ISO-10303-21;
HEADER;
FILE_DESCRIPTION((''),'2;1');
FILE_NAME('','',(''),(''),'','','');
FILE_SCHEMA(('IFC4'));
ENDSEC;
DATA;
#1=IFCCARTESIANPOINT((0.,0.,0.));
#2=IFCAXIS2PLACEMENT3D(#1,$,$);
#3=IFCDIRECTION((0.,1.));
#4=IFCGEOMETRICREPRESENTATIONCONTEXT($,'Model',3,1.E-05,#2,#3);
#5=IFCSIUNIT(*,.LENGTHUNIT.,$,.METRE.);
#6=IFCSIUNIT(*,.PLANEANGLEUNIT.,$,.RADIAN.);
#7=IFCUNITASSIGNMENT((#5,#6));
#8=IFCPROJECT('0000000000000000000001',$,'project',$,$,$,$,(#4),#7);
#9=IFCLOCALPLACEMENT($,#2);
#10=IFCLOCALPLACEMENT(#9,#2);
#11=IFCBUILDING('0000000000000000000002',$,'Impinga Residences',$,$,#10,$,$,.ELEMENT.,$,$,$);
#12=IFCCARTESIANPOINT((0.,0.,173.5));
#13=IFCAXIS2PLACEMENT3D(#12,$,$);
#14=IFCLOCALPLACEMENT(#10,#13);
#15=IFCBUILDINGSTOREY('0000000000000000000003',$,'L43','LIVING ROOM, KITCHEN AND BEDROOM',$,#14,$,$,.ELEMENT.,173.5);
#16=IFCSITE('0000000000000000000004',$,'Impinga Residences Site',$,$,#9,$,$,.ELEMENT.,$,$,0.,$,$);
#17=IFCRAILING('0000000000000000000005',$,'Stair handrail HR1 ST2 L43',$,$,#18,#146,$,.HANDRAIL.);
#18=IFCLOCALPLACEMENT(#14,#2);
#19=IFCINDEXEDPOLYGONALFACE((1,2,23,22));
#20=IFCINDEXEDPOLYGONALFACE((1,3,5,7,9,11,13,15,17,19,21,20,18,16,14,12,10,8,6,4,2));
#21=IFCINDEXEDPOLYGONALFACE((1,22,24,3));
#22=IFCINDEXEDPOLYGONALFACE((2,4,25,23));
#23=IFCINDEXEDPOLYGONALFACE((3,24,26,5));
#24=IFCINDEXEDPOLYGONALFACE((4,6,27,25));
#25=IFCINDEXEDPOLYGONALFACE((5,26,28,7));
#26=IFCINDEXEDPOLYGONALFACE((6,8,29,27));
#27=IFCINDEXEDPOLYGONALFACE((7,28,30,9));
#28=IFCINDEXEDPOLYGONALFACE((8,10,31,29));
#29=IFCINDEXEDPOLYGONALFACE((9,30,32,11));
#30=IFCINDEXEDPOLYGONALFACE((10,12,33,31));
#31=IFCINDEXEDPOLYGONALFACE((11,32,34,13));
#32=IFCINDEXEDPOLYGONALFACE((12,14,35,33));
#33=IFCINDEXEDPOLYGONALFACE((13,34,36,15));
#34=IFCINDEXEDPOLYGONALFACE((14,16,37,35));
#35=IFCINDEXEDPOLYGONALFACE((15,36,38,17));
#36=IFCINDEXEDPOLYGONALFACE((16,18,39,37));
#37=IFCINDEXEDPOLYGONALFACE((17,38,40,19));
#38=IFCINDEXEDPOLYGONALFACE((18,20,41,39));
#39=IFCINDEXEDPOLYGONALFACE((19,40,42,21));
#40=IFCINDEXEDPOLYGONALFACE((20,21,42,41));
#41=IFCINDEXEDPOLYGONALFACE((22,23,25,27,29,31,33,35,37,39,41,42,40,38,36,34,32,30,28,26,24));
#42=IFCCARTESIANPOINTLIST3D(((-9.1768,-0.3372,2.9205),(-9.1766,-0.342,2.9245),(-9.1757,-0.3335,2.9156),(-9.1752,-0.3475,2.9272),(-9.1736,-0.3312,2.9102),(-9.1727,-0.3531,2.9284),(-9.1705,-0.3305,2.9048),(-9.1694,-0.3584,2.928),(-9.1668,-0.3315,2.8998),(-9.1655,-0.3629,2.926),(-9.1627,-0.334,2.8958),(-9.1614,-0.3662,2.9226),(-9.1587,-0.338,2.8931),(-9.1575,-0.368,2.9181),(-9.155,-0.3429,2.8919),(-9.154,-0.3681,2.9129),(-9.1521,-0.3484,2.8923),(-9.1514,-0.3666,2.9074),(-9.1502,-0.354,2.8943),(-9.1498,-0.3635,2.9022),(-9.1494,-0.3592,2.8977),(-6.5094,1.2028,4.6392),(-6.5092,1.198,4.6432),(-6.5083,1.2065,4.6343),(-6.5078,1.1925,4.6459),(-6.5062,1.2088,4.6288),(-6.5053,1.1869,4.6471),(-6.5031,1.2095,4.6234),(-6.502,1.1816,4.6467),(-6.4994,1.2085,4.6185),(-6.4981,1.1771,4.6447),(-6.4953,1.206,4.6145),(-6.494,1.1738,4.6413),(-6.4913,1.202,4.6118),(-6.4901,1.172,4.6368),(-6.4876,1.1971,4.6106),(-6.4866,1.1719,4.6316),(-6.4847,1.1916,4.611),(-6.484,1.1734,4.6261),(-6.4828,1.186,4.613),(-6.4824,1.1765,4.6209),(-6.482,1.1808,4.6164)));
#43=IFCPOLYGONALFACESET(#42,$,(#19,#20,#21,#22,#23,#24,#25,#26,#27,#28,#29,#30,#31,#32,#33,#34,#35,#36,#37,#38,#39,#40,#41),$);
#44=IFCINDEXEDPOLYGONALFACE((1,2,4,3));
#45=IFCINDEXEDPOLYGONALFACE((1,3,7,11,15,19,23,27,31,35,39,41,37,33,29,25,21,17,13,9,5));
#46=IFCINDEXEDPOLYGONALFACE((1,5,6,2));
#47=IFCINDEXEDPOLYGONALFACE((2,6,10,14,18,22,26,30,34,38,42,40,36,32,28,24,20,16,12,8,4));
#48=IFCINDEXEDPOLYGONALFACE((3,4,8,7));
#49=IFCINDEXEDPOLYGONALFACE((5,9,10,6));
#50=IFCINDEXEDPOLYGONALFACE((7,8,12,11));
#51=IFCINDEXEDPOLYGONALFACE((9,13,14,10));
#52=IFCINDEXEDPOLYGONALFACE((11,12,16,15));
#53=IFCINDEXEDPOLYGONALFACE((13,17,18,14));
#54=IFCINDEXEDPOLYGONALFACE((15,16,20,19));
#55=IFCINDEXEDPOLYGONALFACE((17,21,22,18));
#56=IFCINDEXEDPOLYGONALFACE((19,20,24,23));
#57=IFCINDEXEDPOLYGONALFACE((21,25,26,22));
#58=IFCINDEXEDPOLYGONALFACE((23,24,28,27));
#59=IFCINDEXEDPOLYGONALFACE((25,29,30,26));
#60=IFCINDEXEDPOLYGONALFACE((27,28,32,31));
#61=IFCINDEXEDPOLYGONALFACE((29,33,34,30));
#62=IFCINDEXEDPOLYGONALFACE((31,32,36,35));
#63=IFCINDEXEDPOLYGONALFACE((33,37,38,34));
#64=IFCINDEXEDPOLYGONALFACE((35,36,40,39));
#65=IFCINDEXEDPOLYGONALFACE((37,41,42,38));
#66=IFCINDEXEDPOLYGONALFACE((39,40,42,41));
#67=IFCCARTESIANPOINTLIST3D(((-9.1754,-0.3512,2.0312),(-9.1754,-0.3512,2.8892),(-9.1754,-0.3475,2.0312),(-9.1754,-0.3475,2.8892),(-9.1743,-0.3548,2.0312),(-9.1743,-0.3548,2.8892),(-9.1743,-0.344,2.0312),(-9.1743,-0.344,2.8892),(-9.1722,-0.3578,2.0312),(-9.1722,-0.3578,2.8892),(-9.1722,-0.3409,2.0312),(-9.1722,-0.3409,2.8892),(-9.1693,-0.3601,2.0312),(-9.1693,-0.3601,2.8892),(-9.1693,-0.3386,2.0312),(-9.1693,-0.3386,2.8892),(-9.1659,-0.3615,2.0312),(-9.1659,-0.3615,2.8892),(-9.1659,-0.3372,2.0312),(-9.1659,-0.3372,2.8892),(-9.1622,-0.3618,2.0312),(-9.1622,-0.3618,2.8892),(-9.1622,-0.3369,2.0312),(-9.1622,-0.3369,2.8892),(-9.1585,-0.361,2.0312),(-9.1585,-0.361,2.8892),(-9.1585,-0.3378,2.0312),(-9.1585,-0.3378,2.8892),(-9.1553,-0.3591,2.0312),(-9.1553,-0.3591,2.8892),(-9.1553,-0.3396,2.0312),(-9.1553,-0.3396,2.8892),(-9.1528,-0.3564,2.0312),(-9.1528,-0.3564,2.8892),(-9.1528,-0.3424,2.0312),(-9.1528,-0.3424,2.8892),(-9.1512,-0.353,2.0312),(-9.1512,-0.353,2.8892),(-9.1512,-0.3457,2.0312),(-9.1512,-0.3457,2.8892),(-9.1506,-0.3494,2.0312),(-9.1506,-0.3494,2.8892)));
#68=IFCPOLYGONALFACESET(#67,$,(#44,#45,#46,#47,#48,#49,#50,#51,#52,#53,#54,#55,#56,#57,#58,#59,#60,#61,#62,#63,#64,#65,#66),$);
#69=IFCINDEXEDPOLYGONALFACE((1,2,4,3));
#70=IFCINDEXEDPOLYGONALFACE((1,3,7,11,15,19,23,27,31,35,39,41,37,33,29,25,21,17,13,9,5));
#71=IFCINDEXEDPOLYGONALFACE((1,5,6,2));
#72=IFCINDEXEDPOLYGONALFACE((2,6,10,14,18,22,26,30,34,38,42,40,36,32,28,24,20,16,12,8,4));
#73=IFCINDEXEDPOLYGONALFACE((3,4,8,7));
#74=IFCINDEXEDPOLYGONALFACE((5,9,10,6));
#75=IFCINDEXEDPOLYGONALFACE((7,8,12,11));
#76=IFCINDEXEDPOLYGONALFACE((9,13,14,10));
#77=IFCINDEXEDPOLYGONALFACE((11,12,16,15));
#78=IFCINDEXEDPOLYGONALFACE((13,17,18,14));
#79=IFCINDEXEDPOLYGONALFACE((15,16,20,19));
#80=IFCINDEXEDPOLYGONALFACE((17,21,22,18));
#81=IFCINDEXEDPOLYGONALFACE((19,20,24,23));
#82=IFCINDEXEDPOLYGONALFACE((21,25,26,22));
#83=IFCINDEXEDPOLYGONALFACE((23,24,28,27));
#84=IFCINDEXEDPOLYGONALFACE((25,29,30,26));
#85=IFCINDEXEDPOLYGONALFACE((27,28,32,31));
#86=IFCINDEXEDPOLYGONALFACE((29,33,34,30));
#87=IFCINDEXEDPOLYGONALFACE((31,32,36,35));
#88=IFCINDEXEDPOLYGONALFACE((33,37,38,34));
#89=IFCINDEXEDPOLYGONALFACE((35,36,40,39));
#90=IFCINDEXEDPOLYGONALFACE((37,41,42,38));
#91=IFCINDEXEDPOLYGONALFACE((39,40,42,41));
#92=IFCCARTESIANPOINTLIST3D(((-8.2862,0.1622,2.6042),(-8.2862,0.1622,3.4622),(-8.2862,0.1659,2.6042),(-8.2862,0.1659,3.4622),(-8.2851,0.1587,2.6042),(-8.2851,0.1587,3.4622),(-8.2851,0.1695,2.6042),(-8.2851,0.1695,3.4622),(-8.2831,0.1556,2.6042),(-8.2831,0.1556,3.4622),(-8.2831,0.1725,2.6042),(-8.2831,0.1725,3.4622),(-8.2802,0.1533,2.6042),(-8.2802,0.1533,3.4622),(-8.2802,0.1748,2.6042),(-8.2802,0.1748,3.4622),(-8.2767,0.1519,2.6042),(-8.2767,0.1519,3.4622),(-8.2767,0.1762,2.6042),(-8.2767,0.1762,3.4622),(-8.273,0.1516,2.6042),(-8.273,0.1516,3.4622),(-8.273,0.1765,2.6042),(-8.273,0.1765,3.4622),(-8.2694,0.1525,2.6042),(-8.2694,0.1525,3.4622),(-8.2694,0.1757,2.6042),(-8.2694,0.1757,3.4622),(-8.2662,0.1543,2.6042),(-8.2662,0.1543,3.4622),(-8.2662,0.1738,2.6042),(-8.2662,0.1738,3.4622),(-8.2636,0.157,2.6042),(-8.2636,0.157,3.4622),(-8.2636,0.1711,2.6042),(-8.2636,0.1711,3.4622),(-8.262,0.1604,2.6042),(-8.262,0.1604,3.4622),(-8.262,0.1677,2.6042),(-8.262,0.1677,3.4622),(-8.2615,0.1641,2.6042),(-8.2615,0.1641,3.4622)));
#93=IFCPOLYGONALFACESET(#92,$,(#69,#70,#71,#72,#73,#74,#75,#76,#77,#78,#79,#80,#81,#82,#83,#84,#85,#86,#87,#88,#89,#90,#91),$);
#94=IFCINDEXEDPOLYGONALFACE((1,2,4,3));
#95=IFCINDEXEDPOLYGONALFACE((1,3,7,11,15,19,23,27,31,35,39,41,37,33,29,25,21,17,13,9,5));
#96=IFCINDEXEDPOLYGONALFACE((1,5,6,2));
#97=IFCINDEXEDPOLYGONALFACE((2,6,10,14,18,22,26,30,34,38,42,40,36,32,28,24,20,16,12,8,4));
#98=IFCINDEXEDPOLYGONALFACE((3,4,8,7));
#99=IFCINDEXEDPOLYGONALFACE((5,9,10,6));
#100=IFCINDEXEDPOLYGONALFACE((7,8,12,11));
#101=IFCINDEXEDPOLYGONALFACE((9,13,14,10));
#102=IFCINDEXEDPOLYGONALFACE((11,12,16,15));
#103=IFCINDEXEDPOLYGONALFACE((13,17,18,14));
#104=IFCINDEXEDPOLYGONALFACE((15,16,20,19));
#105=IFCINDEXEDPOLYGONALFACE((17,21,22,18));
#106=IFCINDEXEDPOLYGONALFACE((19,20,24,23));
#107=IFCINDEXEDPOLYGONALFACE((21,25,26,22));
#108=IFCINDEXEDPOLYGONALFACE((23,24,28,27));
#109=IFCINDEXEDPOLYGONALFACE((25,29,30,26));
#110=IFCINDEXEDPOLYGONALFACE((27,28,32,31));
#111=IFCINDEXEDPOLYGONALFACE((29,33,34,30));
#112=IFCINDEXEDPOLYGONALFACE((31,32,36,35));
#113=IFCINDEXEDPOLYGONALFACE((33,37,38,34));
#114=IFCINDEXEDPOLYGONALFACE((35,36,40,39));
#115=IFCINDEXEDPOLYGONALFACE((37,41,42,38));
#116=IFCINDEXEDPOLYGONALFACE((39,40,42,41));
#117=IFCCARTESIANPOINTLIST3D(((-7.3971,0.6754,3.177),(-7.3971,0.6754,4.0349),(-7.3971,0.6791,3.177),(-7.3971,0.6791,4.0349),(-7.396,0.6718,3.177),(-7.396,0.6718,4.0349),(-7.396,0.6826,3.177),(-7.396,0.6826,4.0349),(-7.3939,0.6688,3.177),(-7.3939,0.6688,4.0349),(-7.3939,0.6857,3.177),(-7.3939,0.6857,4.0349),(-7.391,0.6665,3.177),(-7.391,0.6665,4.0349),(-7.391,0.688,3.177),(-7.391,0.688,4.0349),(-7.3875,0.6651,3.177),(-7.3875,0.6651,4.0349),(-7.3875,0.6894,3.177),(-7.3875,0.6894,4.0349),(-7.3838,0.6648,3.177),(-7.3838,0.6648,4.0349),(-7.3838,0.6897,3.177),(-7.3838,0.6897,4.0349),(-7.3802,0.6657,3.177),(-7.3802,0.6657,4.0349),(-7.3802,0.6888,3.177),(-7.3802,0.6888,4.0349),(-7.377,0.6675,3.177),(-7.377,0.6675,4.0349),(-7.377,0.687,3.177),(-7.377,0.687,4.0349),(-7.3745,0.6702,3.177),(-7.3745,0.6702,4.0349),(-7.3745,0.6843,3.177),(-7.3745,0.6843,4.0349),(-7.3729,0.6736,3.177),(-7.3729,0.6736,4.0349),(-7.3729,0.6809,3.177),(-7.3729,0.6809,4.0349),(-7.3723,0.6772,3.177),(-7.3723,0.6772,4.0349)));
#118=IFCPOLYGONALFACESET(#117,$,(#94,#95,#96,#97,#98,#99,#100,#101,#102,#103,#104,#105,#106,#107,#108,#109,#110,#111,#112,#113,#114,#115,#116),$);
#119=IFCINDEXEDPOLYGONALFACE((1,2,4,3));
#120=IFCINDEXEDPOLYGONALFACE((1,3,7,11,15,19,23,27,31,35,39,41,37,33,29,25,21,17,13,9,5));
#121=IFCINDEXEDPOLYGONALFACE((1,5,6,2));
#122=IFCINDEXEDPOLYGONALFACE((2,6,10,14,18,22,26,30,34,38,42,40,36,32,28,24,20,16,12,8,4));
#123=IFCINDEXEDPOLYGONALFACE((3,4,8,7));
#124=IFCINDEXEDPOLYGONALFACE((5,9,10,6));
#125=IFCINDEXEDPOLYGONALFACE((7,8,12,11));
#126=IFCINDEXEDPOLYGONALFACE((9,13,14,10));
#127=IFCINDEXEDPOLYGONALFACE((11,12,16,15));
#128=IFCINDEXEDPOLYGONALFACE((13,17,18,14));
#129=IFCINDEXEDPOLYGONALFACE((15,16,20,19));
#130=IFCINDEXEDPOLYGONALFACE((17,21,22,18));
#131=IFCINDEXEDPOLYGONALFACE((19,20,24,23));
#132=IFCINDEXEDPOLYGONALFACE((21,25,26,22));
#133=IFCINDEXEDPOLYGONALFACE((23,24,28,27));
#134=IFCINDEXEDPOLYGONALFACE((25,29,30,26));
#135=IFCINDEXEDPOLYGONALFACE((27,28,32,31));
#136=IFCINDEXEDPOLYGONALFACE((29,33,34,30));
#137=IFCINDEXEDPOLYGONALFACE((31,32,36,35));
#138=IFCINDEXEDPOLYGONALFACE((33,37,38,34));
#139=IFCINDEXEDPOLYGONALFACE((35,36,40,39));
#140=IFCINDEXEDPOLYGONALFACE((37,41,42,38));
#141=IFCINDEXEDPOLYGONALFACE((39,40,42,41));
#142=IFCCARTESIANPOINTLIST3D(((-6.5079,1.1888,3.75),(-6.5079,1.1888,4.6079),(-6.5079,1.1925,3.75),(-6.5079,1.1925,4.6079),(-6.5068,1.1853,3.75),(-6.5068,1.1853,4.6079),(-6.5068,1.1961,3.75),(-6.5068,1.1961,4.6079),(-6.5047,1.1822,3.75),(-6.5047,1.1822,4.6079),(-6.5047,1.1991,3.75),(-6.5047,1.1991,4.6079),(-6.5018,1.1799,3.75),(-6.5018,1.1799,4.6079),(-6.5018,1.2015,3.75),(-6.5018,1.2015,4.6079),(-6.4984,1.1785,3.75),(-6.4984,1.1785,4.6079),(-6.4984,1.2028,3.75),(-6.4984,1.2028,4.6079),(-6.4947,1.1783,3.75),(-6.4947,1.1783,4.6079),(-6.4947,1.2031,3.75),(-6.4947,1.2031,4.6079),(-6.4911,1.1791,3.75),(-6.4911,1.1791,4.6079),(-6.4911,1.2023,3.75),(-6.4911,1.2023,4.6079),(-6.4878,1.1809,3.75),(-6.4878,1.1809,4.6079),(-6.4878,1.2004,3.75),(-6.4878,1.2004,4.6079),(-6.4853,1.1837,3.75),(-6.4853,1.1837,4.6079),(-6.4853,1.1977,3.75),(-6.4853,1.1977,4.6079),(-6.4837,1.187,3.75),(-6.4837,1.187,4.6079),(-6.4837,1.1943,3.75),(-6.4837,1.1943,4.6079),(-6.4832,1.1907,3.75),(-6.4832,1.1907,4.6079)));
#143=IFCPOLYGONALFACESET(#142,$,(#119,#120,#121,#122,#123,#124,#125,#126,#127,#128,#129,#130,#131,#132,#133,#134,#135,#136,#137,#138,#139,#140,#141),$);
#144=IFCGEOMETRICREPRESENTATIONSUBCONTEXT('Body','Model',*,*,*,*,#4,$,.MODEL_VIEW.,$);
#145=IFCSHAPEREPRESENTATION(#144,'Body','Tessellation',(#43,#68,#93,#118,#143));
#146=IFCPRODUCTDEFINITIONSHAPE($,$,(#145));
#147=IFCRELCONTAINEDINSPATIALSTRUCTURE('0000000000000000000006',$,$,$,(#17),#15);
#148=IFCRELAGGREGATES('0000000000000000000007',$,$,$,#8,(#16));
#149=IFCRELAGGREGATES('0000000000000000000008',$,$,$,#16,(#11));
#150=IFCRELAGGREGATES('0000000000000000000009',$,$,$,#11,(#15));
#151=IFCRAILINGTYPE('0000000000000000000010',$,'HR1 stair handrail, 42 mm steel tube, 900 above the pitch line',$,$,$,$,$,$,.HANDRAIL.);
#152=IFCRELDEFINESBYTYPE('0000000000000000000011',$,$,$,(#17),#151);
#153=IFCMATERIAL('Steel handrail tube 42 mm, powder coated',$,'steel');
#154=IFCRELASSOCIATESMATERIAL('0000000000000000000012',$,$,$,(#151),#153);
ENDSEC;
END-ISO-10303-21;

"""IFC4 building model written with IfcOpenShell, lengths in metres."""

from ifc_helpers import new_model, si_unit, direction, frame, origin, origin_2d, place, context, subcontext, project, spatial, circle, extrude, material, type_object, element, save


model = new_model("IFC4")

# Units and contexts
model_context = context("Model", 3, precision=1e-05, world=origin(), true_north=direction((0.0, 1.0)))
body_context = subcontext(model_context, "Body", "Model", "MODEL_VIEW")
ifc_project = project(units=[si_unit("LENGTHUNIT", "METRE"), si_unit("PLANEANGLEUNIT", "RADIAN")], contexts=[model_context])

# Site, building, storey
site_placement = place(None, origin())
site = spatial("IfcSite", under=ifc_project, at=site_placement, Name="Impinga Residences Site", CompositionType="ELEMENT", RefElevation=0.0)
building_placement = place(site_placement, origin())
building = spatial("IfcBuilding", under=site, at=building_placement, Name="Impinga Residences", CompositionType="ELEMENT")
storey_placement = place(building_placement, frame((0.0, 0.0, 173.5)))
storey = spatial("IfcBuildingStorey", under=building, at=storey_placement, Name="L43", Description="LIVING ROOM, KITCHEN AND BEDROOM", CompositionType="ELEMENT", Elevation=173.5)

# Railing
ifc_material_1 = material(Name="Steel handrail tube 42 mm, powder coated", Category="steel")
railing_type_1 = type_object("IfcRailingType", Name="HR1 stair handrail, 42 mm steel tube, 900 above the pitch line", PredefinedType="HANDRAIL", material=ifc_material_1)
railing_1_placement = place(storey_placement, frame((-9.1631, -0.3494, 2.0312)))
element("IfcRailing", 1, at=railing_1_placement, inside=storey, type_object=railing_type_1, Name="Stair handrail HR1 ST2 L43", PredefinedType="HANDRAIL", context=body_context, shape_type="SweptSolid", body=[
    extrude(circle(Radius=0.021, at=origin_2d()), frame((0.0, 0.0, 0.8789), z_axis=(0.756256, 0.436616, 0.487282), x_axis=(-0.499992, 0.86603, 0.0)), (0.0, 0.0, 1.0), 3.5271),
    extrude(circle(Radius=0.0125, at=origin_2d()), origin(), (0.0, 0.0, 1.0), 0.8579),
    extrude(circle(Radius=0.0125, at=origin_2d()), frame((0.8892, 0.5134, 0.573)), (0.0, 0.0, 1.0), 0.8579),
    extrude(circle(Radius=0.0125, at=origin_2d()), frame((1.7783, 1.0266, 1.1458)), (0.0, 0.0, 1.0), 0.8579),
    extrude(circle(Radius=0.0125, at=origin_2d()), frame((2.6675, 1.54, 1.7188)), (0.0, 0.0, 1.0), 0.8579),
])

save(model, "model.ifc")
